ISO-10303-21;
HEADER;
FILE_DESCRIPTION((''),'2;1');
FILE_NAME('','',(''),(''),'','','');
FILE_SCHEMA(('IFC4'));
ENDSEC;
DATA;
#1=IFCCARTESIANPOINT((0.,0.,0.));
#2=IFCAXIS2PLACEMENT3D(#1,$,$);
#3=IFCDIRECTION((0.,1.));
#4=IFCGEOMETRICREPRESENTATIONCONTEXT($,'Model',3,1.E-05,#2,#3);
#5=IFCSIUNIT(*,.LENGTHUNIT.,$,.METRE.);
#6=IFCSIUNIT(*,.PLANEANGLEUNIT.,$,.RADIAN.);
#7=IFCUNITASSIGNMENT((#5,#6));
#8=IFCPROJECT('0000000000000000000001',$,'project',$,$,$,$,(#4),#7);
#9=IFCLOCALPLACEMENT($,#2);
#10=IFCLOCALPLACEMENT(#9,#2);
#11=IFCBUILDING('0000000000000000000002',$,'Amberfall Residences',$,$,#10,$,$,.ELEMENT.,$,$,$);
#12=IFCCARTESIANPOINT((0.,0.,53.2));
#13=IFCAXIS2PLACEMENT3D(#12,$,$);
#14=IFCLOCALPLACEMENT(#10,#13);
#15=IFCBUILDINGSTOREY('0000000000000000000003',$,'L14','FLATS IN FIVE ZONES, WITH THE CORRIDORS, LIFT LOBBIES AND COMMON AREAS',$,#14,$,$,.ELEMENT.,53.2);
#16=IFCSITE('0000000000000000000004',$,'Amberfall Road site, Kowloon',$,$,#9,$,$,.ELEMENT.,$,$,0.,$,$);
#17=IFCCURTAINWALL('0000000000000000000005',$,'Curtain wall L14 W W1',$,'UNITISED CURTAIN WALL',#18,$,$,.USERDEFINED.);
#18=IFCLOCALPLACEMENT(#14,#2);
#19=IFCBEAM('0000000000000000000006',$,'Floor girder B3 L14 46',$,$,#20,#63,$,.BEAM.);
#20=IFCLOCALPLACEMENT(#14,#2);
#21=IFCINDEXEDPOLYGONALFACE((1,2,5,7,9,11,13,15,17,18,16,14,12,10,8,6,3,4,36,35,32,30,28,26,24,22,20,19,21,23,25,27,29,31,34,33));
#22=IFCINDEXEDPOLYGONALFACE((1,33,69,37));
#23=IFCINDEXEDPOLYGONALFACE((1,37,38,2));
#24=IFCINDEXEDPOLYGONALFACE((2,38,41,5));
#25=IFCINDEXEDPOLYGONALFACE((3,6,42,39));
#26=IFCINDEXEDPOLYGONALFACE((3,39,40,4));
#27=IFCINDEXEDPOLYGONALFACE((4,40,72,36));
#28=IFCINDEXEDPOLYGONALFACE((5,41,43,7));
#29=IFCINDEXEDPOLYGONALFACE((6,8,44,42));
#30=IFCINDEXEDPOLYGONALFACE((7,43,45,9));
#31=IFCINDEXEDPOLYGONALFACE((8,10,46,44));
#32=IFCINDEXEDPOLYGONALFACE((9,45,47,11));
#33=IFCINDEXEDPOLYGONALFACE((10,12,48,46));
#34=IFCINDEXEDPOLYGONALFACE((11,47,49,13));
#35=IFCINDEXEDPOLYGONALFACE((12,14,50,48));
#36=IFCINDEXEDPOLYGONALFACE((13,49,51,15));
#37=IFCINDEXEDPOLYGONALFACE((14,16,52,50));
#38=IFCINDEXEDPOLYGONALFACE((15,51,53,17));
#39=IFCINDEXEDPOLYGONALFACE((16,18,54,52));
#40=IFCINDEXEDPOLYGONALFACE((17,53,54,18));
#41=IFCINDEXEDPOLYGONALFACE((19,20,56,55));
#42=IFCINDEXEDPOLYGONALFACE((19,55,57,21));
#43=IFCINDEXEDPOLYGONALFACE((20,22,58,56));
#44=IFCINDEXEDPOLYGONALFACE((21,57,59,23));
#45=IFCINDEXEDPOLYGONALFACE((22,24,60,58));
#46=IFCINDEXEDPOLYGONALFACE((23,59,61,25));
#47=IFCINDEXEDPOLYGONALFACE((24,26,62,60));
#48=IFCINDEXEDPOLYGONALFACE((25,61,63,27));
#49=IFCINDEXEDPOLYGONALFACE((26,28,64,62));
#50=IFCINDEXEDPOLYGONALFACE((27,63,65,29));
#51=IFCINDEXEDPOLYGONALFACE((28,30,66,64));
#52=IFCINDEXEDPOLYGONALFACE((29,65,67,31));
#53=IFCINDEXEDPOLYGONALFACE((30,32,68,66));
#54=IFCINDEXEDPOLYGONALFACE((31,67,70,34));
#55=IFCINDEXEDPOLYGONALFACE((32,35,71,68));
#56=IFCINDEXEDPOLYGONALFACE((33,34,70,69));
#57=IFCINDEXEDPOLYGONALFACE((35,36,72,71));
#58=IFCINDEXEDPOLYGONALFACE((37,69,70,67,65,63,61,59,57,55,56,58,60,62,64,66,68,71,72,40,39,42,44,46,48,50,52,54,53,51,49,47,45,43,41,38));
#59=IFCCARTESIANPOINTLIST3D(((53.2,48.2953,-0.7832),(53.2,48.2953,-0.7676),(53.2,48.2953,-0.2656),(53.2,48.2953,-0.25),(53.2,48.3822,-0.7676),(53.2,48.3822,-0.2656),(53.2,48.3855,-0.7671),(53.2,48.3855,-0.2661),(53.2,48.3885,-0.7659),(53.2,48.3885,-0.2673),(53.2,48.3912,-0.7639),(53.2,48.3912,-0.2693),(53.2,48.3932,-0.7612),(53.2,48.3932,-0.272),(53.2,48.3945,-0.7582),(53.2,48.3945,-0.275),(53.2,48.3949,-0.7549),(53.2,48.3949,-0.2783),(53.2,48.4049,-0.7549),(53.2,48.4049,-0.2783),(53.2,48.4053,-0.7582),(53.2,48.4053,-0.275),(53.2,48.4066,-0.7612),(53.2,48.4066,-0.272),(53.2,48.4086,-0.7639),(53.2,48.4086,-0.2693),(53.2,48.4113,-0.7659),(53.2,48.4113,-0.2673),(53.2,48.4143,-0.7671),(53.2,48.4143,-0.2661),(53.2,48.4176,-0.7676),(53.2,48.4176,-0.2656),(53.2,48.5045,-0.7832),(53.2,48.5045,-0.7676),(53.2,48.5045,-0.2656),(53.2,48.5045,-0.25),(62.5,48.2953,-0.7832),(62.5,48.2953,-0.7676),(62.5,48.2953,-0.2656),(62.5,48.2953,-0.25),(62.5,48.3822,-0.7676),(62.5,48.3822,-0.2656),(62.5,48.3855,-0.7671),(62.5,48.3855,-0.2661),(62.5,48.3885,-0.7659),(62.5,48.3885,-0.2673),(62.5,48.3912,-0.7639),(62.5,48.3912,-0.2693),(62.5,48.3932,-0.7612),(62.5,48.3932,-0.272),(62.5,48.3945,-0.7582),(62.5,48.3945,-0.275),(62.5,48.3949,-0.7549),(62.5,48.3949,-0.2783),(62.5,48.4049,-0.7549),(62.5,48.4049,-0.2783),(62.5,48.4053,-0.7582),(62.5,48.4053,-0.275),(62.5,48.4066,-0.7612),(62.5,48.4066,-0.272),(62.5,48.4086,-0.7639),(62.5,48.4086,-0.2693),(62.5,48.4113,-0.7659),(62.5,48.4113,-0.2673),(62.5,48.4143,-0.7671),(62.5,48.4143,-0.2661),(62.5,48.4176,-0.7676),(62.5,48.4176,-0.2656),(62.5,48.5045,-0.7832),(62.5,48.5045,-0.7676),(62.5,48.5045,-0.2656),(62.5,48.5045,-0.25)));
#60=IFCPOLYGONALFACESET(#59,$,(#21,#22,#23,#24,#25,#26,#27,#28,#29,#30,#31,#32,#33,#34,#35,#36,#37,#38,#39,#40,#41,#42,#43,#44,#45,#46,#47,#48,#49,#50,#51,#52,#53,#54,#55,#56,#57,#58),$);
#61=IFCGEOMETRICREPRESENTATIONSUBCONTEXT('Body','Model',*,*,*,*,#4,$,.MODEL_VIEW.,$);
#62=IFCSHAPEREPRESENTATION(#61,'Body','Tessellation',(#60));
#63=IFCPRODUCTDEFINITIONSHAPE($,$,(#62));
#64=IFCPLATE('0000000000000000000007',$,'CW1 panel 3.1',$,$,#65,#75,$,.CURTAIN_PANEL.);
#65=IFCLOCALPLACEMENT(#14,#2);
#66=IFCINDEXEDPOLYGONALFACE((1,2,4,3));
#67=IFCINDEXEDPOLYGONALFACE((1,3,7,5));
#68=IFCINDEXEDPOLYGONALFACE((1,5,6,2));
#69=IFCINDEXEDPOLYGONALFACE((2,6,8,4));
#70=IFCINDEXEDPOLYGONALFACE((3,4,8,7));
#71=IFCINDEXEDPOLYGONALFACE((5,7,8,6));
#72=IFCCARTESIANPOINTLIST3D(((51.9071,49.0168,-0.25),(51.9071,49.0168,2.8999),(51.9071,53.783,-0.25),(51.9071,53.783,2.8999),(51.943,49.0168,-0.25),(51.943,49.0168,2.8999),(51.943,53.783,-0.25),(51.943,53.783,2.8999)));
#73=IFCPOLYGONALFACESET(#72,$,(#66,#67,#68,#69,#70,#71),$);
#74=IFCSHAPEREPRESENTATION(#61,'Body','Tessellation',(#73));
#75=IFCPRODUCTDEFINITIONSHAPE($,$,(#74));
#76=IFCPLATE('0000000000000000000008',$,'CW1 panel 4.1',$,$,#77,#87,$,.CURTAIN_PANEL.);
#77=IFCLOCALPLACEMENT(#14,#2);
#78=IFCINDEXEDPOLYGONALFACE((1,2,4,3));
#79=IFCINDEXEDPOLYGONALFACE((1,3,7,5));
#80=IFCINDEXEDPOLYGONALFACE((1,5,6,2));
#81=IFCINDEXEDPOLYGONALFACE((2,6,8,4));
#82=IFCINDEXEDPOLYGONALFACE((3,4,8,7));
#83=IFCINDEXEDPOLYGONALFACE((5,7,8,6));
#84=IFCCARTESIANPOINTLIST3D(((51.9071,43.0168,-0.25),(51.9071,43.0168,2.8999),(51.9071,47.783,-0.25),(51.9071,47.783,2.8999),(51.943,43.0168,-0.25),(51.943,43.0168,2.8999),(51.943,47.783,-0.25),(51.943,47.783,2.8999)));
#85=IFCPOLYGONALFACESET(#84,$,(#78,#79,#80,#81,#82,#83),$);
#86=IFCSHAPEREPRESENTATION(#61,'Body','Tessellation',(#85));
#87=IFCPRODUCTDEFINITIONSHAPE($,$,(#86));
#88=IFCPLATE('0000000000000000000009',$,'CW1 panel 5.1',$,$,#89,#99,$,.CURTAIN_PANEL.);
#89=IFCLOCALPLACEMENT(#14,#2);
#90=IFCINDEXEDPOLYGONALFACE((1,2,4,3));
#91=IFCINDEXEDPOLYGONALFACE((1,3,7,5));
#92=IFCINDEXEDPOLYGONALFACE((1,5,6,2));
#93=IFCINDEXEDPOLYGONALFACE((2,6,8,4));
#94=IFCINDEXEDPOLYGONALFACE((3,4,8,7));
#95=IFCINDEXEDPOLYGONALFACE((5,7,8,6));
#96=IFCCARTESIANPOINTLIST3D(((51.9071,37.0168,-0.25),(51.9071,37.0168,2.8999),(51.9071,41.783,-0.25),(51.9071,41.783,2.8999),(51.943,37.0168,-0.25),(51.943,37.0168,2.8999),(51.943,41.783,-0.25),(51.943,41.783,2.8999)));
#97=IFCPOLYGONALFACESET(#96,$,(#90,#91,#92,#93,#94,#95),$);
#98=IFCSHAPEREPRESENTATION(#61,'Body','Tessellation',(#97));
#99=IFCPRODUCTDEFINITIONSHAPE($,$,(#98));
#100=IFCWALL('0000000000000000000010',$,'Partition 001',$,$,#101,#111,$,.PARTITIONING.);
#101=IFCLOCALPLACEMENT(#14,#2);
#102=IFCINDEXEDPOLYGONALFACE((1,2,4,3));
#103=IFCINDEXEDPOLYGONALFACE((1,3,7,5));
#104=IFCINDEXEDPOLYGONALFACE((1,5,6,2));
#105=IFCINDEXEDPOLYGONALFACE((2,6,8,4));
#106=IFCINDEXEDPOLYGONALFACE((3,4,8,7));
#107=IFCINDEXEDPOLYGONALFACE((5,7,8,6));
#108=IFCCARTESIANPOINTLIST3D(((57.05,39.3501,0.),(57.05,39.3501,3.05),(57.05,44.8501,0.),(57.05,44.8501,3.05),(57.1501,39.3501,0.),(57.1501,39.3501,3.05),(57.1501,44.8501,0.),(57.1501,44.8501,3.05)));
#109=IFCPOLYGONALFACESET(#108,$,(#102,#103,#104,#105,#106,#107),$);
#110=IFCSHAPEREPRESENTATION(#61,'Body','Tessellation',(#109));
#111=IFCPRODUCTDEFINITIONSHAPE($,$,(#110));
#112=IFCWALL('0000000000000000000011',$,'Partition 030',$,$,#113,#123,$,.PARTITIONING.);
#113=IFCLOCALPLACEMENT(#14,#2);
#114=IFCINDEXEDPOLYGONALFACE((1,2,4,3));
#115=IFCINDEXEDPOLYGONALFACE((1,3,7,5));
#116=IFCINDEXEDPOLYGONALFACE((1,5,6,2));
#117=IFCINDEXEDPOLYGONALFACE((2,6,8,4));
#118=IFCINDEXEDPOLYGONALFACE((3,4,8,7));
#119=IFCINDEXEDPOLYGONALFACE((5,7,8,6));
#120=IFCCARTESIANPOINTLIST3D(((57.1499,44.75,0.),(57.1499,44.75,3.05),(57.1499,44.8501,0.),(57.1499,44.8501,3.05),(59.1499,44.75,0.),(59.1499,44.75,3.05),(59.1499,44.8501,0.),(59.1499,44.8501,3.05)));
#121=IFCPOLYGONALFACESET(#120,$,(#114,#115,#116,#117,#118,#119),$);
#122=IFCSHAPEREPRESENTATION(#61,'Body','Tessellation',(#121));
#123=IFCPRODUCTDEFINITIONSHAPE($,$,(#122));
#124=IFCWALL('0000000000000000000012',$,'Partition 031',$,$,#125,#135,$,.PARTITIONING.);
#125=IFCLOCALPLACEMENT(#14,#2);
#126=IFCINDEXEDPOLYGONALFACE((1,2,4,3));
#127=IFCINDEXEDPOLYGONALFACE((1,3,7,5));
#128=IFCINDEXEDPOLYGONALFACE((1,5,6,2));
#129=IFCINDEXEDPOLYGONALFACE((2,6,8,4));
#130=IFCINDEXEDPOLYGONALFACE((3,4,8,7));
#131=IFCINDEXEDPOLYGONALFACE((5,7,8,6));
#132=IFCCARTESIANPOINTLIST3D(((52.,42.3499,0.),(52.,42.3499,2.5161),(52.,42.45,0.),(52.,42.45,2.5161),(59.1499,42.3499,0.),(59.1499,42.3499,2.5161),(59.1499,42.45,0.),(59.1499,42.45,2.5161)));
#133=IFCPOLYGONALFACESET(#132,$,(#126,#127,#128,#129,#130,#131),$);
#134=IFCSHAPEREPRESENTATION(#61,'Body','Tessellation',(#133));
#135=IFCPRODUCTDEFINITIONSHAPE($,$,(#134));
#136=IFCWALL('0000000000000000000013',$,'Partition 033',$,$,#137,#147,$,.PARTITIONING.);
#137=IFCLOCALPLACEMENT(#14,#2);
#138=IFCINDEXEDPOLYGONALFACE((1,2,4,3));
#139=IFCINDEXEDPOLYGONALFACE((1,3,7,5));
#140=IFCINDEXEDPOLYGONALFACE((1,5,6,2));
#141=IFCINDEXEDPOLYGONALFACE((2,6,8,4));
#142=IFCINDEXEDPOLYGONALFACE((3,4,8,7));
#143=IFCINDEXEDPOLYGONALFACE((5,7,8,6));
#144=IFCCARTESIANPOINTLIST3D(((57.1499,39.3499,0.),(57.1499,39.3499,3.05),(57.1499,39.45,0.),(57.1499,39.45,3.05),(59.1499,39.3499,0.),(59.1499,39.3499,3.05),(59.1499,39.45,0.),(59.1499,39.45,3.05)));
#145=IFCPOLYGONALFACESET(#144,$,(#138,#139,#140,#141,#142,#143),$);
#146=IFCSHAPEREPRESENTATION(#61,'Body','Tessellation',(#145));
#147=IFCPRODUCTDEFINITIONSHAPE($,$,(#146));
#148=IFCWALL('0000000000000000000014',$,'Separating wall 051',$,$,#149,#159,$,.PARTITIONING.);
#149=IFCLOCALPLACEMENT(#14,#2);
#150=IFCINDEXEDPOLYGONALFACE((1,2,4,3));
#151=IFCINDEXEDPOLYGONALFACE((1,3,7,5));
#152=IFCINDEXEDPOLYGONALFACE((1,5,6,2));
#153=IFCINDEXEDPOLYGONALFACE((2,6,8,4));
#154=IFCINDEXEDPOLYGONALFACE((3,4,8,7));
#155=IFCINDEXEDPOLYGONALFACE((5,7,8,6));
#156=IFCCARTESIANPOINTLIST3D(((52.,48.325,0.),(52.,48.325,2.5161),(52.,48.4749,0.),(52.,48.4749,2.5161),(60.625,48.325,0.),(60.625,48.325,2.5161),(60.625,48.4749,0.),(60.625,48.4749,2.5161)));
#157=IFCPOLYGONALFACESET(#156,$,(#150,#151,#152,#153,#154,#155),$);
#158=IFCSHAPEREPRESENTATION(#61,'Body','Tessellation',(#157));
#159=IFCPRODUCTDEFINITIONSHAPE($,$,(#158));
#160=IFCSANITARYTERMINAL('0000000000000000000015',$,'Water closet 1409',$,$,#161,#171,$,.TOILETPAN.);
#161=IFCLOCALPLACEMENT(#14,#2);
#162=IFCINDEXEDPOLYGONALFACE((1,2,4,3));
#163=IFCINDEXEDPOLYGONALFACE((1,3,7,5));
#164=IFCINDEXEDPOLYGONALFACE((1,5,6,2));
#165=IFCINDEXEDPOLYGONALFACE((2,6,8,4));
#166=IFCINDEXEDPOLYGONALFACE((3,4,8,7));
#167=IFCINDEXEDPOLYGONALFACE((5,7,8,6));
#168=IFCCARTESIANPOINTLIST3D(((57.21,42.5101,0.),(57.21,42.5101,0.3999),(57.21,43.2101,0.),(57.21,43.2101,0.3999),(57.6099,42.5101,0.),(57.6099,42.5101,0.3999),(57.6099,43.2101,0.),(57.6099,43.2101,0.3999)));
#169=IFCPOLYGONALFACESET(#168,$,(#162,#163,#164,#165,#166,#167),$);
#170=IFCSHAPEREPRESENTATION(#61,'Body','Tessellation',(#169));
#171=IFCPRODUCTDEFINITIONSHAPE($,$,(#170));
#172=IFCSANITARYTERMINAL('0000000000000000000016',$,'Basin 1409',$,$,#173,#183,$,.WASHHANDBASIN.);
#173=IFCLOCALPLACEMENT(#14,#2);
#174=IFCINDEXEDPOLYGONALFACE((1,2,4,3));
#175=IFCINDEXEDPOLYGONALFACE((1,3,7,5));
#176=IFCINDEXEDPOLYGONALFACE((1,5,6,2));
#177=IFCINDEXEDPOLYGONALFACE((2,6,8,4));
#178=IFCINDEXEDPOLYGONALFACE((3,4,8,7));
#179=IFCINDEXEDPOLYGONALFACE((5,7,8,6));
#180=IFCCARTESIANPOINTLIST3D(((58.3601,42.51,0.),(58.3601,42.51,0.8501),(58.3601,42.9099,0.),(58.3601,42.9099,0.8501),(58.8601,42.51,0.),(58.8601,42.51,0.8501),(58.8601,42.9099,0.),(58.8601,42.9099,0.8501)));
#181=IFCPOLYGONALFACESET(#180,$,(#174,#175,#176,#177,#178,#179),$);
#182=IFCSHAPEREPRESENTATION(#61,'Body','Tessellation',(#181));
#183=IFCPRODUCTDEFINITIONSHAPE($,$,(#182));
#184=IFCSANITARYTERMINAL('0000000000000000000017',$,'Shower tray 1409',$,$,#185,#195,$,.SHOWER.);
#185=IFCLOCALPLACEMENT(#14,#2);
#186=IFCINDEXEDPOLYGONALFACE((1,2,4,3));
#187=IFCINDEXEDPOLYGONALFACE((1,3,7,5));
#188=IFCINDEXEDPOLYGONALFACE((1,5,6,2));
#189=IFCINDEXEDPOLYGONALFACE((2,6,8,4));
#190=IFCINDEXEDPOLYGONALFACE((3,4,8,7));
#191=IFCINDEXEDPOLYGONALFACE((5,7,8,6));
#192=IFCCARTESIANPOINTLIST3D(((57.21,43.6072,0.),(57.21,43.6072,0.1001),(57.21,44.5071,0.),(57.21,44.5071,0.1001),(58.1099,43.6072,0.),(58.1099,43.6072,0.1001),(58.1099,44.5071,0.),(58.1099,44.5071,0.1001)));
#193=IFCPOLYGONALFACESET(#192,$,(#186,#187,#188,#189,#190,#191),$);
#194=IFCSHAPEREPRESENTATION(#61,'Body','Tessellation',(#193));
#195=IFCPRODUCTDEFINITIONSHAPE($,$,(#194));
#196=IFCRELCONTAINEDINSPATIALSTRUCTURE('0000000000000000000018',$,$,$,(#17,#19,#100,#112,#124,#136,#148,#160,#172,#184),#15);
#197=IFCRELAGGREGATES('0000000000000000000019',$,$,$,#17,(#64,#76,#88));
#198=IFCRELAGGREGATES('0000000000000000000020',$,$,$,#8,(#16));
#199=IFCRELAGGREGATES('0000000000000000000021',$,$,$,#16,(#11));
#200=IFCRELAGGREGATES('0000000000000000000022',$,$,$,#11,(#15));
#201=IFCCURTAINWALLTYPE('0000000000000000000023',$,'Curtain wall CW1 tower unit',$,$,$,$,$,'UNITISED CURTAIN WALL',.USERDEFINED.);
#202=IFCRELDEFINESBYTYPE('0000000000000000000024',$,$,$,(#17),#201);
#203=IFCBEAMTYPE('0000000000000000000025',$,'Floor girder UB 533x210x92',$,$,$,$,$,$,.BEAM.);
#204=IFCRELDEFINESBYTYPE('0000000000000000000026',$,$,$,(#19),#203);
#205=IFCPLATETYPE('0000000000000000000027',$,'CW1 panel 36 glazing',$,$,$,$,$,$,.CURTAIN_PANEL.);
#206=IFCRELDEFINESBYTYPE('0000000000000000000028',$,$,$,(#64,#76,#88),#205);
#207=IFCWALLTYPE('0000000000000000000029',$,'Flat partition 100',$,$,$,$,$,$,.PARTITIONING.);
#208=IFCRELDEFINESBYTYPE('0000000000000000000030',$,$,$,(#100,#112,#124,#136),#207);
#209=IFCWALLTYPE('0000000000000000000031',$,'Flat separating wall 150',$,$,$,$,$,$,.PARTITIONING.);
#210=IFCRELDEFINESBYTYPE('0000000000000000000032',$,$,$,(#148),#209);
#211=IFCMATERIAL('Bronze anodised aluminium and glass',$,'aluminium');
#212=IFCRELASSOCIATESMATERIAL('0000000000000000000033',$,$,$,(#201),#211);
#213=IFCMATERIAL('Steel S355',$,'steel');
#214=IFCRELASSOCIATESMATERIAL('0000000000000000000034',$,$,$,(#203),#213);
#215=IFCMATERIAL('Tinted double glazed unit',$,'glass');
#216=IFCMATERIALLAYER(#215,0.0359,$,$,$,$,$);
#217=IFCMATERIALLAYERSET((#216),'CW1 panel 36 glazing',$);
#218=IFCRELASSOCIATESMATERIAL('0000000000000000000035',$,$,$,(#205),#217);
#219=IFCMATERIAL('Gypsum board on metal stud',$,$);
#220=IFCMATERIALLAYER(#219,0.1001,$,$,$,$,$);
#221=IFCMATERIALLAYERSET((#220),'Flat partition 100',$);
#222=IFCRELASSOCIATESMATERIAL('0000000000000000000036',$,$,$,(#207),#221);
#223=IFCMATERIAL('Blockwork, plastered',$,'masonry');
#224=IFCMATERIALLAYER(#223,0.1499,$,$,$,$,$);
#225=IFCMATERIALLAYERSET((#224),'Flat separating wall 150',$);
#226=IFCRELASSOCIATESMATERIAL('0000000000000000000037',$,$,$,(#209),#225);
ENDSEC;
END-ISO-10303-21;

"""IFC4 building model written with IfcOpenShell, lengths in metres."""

from ifc_helpers import new_model, si_unit, direction, frame, frame_2d, origin, origin_2d, place, context, subcontext, project, spatial, rectangle, i_section, extrude, material, layer, layer_set, material_profile, profile_set, type_object, element, aggregate, save


model = new_model("IFC4")

# Units and contexts
model_context = context("Model", 3, precision=1e-05, world=origin(), true_north=direction((0.0, 1.0)))
body_context = subcontext(model_context, "Body", "Model", "MODEL_VIEW")
ifc_project = project(units=[si_unit("LENGTHUNIT", "METRE"), si_unit("PLANEANGLEUNIT", "RADIAN")], contexts=[model_context])

# Site, building, storey
site_placement = place(None, origin())
site = spatial("IfcSite", under=ifc_project, at=site_placement, Name="Amberfall Road site, Kowloon", CompositionType="ELEMENT", RefElevation=0.0)
building_placement = place(site_placement, origin())
building = spatial("IfcBuilding", under=site, at=building_placement, Name="Amberfall Residences", CompositionType="ELEMENT")
storey_placement = place(building_placement, frame((0.0, 0.0, 53.2)))
storey = spatial("IfcBuildingStorey", under=building, at=storey_placement, Name="L14", Description="FLATS IN FIVE ZONES, WITH THE CORRIDORS, LIFT LOBBIES AND COMMON AREAS", CompositionType="ELEMENT", Elevation=53.2)

# Curtain wall
ifc_material_1 = material(Name="Bronze anodised aluminium and glass", Category="aluminium")
curtain_wall_type = type_object("IfcCurtainWallType", Name="Curtain wall CW1 tower unit", ElementType="UNITISED CURTAIN WALL", PredefinedType="USERDEFINED", material=ifc_material_1)
curtain_wall_placement = place(storey_placement, origin())
curtain_wall = element("IfcCurtainWall", 1, at=curtain_wall_placement, inside=storey, type_object=curtain_wall_type, Name="Curtain wall L14 W W1", ObjectType="UNITISED CURTAIN WALL", PredefinedType="USERDEFINED")

# Shared definitions
ifc_material_2 = material(Name="Steel S355", Category="steel")

# Beam
ifc_material_profile_1 = material_profile(ifc_material_2, i_section(OverallWidth=0.2092, OverallDepth=0.5332, WebThickness=0.01, FlangeThickness=0.0156, FilletRadius=0.0127, at=origin_2d()), Name="UB 533x210x92")
ifc_profile_set_1 = profile_set([ifc_material_profile_1], Name="Steel S355")
beam_type_1 = type_object("IfcBeamType", Name="Floor girder UB 533x210x92", PredefinedType="BEAM", material=ifc_profile_set_1)
for number, where, z_axis, x_axis, name in (
    (2, (53.2, 48.3999, -0.5166), (1.0, 0.0, 0.0), (0.0, 1.0, 0.0), "Floor girder B3 L14 46"),
):
    element("IfcBeam", number, at=place(storey_placement, frame(where, z_axis=z_axis, x_axis=x_axis)), inside=storey, type_object=beam_type_1, Name=name, PredefinedType="BEAM", context=body_context, shape_type="SweptSolid", body=[
        extrude(i_section(OverallWidth=0.2092, OverallDepth=0.5332, WebThickness=0.01, FlangeThickness=0.0156, FilletRadius=0.0127, at=origin_2d()), origin(), (0.0, 0.0, 1.0), 9.3),
    ])

# Plates
ifc_material_3 = material(Name="Tinted double glazed unit", Category="glass")
ifc_layer_1 = layer(ifc_material_3, 0.0359)
ifc_layer_set_1 = layer_set([ifc_layer_1], Name="CW1 panel 36 glazing")
plate_type = type_object("IfcPlateType", Name="CW1 panel 36 glazing", PredefinedType="CURTAIN_PANEL", material=ifc_layer_set_1)
plate_1_placement = place(storey_placement, frame((51.925, 51.3999, -0.25), z_axis=(0.0, 0.0, 1.0), x_axis=(0.0, -1.0, 0.0)))
plate_1 = element("IfcPlate", 3, at=plate_1_placement, type_object=plate_type, Name="CW1 panel 3.1", PredefinedType="CURTAIN_PANEL", context=body_context, shape_type="SweptSolid", body=[
    extrude(rectangle(XDim=4.7661, YDim=0.0359, at=origin_2d()), origin(), (0.0, 0.0, 1.0), 3.1499),
])
plate_2_placement = place(storey_placement, frame((51.925, 45.3999, -0.25), z_axis=(0.0, 0.0, 1.0), x_axis=(0.0, -1.0, 0.0)))
plate_2 = element("IfcPlate", 4, at=plate_2_placement, type_object=plate_type, Name="CW1 panel 4.1", PredefinedType="CURTAIN_PANEL", context=body_context, shape_type="SweptSolid", body=[
    extrude(rectangle(XDim=4.7661, YDim=0.0359, at=origin_2d()), origin(), (0.0, 0.0, 1.0), 3.1499),
])
plate_3_placement = place(storey_placement, frame((51.925, 39.3999, -0.25), z_axis=(0.0, 0.0, 1.0), x_axis=(0.0, -1.0, 0.0)))
plate_3 = element("IfcPlate", 5, at=plate_3_placement, type_object=plate_type, Name="CW1 panel 5.1", PredefinedType="CURTAIN_PANEL", context=body_context, shape_type="SweptSolid", body=[
    extrude(rectangle(XDim=4.7661, YDim=0.0359, at=origin_2d()), origin(), (0.0, 0.0, 1.0), 3.1499),
])
aggregate(curtain_wall, [plate_1, plate_2, plate_3])

# Walls
ifc_material_4 = material(Name="Gypsum board on metal stud")
ifc_layer_2 = layer(ifc_material_4, 0.1001)
ifc_layer_set_2 = layer_set([ifc_layer_2], Name="Flat partition 100")
wall_type_1 = type_object("IfcWallType", Name="Flat partition 100", PredefinedType="PARTITIONING", material=ifc_layer_set_2)
wall_1_placement = place(storey_placement, frame((57.1001, 39.3501, 0.0), z_axis=(0.0, 0.0, 1.0), x_axis=(0.0, 1.0, 0.0)))
element("IfcWall", 6, at=wall_1_placement, inside=storey, type_object=wall_type_1, Name="Partition 001", PredefinedType="PARTITIONING", context=body_context, shape_type="SweptSolid", body=[
    extrude(rectangle(XDim=5.5, YDim=0.1001, at=frame_2d((2.75, 0.0))), origin(), (0.0, 0.0, 1.0), 3.05),
])
wall_2_placement = place(storey_placement, frame((57.1499, 44.8, 0.0), z_axis=(0.0, 0.0, 1.0), x_axis=(1.0, 0.0, 0.0)))
element("IfcWall", 7, at=wall_2_placement, inside=storey, type_object=wall_type_1, Name="Partition 030", PredefinedType="PARTITIONING", context=body_context, shape_type="SweptSolid", body=[
    extrude(rectangle(XDim=2.0, YDim=0.1001, at=frame_2d((1.0, 0.0))), origin(), (0.0, 0.0, 1.0), 3.05),
])
wall_3_placement = place(storey_placement, frame((52.0, 42.3999, 0.0), z_axis=(0.0, 0.0, 1.0), x_axis=(1.0, 0.0, 0.0)))
element("IfcWall", 8, at=wall_3_placement, inside=storey, type_object=wall_type_1, Name="Partition 031", PredefinedType="PARTITIONING", context=body_context, shape_type="SweptSolid", body=[
    extrude(rectangle(XDim=7.1499, YDim=0.1001, at=frame_2d((3.575, 0.0))), origin(), (0.0, 0.0, 1.0), 2.5161),
])
wall_4_placement = place(storey_placement, frame((57.1499, 39.3999, 0.0), z_axis=(0.0, 0.0, 1.0), x_axis=(1.0, 0.0, 0.0)))
element("IfcWall", 9, at=wall_4_placement, inside=storey, type_object=wall_type_1, Name="Partition 033", PredefinedType="PARTITIONING", context=body_context, shape_type="SweptSolid", body=[
    extrude(rectangle(XDim=2.0, YDim=0.1001, at=frame_2d((1.0, 0.0))), origin(), (0.0, 0.0, 1.0), 3.05),
])
ifc_material_5 = material(Name="Blockwork, plastered", Category="masonry")
ifc_layer_3 = layer(ifc_material_5, 0.1499)
ifc_layer_set_3 = layer_set([ifc_layer_3], Name="Flat separating wall 150")
wall_type_2 = type_object("IfcWallType", Name="Flat separating wall 150", PredefinedType="PARTITIONING", material=ifc_layer_set_3)
wall_5_placement = place(storey_placement, frame((52.0, 48.3999, 0.0), z_axis=(0.0, 0.0, 1.0), x_axis=(1.0, 0.0, 0.0)))
element("IfcWall", 10, at=wall_5_placement, inside=storey, type_object=wall_type_2, Name="Separating wall 051", PredefinedType="PARTITIONING", context=body_context, shape_type="SweptSolid", body=[
    extrude(rectangle(XDim=8.625, YDim=0.1499, at=frame_2d((4.3125, 0.0))), origin(), (0.0, 0.0, 1.0), 2.5161),
])

# Sanitary terminals
sanitary_terminal_1_placement = place(storey_placement, frame((57.4099, 42.8601, 0.0), z_axis=(0.0, 0.0, 1.0), x_axis=(1.0, 0.0, 0.0)))
element("IfcSanitaryTerminal", 11, at=sanitary_terminal_1_placement, inside=storey, Name="Water closet 1409", PredefinedType="TOILETPAN", context=body_context, shape_type="SweptSolid", body=[
    extrude(rectangle(XDim=0.3999, YDim=0.7, at=origin_2d()), origin(), (0.0, 0.0, 1.0), 0.3999),
])
sanitary_terminal_2_placement = place(storey_placement, frame((58.6101, 42.71, 0.0), z_axis=(0.0, 0.0, 1.0), x_axis=(1.0, 0.0, 0.0)))
element("IfcSanitaryTerminal", 12, at=sanitary_terminal_2_placement, inside=storey, Name="Basin 1409", PredefinedType="WASHHANDBASIN", context=body_context, shape_type="SweptSolid", body=[
    extrude(rectangle(XDim=0.5, YDim=0.3999, at=origin_2d()), origin(), (0.0, 0.0, 1.0), 0.8501),
])
sanitary_terminal_3_placement = place(storey_placement, frame((57.6599, 44.0571, 0.0), z_axis=(0.0, 0.0, 1.0), x_axis=(1.0, 0.0, 0.0)))
element("IfcSanitaryTerminal", 13, at=sanitary_terminal_3_placement, inside=storey, Name="Shower tray 1409", PredefinedType="SHOWER", context=body_context, shape_type="SweptSolid", body=[
    extrude(rectangle(XDim=0.8999, YDim=0.8999, at=origin_2d()), origin(), (0.0, 0.0, 1.0), 0.1001),
])

save(model, "model.ifc")
